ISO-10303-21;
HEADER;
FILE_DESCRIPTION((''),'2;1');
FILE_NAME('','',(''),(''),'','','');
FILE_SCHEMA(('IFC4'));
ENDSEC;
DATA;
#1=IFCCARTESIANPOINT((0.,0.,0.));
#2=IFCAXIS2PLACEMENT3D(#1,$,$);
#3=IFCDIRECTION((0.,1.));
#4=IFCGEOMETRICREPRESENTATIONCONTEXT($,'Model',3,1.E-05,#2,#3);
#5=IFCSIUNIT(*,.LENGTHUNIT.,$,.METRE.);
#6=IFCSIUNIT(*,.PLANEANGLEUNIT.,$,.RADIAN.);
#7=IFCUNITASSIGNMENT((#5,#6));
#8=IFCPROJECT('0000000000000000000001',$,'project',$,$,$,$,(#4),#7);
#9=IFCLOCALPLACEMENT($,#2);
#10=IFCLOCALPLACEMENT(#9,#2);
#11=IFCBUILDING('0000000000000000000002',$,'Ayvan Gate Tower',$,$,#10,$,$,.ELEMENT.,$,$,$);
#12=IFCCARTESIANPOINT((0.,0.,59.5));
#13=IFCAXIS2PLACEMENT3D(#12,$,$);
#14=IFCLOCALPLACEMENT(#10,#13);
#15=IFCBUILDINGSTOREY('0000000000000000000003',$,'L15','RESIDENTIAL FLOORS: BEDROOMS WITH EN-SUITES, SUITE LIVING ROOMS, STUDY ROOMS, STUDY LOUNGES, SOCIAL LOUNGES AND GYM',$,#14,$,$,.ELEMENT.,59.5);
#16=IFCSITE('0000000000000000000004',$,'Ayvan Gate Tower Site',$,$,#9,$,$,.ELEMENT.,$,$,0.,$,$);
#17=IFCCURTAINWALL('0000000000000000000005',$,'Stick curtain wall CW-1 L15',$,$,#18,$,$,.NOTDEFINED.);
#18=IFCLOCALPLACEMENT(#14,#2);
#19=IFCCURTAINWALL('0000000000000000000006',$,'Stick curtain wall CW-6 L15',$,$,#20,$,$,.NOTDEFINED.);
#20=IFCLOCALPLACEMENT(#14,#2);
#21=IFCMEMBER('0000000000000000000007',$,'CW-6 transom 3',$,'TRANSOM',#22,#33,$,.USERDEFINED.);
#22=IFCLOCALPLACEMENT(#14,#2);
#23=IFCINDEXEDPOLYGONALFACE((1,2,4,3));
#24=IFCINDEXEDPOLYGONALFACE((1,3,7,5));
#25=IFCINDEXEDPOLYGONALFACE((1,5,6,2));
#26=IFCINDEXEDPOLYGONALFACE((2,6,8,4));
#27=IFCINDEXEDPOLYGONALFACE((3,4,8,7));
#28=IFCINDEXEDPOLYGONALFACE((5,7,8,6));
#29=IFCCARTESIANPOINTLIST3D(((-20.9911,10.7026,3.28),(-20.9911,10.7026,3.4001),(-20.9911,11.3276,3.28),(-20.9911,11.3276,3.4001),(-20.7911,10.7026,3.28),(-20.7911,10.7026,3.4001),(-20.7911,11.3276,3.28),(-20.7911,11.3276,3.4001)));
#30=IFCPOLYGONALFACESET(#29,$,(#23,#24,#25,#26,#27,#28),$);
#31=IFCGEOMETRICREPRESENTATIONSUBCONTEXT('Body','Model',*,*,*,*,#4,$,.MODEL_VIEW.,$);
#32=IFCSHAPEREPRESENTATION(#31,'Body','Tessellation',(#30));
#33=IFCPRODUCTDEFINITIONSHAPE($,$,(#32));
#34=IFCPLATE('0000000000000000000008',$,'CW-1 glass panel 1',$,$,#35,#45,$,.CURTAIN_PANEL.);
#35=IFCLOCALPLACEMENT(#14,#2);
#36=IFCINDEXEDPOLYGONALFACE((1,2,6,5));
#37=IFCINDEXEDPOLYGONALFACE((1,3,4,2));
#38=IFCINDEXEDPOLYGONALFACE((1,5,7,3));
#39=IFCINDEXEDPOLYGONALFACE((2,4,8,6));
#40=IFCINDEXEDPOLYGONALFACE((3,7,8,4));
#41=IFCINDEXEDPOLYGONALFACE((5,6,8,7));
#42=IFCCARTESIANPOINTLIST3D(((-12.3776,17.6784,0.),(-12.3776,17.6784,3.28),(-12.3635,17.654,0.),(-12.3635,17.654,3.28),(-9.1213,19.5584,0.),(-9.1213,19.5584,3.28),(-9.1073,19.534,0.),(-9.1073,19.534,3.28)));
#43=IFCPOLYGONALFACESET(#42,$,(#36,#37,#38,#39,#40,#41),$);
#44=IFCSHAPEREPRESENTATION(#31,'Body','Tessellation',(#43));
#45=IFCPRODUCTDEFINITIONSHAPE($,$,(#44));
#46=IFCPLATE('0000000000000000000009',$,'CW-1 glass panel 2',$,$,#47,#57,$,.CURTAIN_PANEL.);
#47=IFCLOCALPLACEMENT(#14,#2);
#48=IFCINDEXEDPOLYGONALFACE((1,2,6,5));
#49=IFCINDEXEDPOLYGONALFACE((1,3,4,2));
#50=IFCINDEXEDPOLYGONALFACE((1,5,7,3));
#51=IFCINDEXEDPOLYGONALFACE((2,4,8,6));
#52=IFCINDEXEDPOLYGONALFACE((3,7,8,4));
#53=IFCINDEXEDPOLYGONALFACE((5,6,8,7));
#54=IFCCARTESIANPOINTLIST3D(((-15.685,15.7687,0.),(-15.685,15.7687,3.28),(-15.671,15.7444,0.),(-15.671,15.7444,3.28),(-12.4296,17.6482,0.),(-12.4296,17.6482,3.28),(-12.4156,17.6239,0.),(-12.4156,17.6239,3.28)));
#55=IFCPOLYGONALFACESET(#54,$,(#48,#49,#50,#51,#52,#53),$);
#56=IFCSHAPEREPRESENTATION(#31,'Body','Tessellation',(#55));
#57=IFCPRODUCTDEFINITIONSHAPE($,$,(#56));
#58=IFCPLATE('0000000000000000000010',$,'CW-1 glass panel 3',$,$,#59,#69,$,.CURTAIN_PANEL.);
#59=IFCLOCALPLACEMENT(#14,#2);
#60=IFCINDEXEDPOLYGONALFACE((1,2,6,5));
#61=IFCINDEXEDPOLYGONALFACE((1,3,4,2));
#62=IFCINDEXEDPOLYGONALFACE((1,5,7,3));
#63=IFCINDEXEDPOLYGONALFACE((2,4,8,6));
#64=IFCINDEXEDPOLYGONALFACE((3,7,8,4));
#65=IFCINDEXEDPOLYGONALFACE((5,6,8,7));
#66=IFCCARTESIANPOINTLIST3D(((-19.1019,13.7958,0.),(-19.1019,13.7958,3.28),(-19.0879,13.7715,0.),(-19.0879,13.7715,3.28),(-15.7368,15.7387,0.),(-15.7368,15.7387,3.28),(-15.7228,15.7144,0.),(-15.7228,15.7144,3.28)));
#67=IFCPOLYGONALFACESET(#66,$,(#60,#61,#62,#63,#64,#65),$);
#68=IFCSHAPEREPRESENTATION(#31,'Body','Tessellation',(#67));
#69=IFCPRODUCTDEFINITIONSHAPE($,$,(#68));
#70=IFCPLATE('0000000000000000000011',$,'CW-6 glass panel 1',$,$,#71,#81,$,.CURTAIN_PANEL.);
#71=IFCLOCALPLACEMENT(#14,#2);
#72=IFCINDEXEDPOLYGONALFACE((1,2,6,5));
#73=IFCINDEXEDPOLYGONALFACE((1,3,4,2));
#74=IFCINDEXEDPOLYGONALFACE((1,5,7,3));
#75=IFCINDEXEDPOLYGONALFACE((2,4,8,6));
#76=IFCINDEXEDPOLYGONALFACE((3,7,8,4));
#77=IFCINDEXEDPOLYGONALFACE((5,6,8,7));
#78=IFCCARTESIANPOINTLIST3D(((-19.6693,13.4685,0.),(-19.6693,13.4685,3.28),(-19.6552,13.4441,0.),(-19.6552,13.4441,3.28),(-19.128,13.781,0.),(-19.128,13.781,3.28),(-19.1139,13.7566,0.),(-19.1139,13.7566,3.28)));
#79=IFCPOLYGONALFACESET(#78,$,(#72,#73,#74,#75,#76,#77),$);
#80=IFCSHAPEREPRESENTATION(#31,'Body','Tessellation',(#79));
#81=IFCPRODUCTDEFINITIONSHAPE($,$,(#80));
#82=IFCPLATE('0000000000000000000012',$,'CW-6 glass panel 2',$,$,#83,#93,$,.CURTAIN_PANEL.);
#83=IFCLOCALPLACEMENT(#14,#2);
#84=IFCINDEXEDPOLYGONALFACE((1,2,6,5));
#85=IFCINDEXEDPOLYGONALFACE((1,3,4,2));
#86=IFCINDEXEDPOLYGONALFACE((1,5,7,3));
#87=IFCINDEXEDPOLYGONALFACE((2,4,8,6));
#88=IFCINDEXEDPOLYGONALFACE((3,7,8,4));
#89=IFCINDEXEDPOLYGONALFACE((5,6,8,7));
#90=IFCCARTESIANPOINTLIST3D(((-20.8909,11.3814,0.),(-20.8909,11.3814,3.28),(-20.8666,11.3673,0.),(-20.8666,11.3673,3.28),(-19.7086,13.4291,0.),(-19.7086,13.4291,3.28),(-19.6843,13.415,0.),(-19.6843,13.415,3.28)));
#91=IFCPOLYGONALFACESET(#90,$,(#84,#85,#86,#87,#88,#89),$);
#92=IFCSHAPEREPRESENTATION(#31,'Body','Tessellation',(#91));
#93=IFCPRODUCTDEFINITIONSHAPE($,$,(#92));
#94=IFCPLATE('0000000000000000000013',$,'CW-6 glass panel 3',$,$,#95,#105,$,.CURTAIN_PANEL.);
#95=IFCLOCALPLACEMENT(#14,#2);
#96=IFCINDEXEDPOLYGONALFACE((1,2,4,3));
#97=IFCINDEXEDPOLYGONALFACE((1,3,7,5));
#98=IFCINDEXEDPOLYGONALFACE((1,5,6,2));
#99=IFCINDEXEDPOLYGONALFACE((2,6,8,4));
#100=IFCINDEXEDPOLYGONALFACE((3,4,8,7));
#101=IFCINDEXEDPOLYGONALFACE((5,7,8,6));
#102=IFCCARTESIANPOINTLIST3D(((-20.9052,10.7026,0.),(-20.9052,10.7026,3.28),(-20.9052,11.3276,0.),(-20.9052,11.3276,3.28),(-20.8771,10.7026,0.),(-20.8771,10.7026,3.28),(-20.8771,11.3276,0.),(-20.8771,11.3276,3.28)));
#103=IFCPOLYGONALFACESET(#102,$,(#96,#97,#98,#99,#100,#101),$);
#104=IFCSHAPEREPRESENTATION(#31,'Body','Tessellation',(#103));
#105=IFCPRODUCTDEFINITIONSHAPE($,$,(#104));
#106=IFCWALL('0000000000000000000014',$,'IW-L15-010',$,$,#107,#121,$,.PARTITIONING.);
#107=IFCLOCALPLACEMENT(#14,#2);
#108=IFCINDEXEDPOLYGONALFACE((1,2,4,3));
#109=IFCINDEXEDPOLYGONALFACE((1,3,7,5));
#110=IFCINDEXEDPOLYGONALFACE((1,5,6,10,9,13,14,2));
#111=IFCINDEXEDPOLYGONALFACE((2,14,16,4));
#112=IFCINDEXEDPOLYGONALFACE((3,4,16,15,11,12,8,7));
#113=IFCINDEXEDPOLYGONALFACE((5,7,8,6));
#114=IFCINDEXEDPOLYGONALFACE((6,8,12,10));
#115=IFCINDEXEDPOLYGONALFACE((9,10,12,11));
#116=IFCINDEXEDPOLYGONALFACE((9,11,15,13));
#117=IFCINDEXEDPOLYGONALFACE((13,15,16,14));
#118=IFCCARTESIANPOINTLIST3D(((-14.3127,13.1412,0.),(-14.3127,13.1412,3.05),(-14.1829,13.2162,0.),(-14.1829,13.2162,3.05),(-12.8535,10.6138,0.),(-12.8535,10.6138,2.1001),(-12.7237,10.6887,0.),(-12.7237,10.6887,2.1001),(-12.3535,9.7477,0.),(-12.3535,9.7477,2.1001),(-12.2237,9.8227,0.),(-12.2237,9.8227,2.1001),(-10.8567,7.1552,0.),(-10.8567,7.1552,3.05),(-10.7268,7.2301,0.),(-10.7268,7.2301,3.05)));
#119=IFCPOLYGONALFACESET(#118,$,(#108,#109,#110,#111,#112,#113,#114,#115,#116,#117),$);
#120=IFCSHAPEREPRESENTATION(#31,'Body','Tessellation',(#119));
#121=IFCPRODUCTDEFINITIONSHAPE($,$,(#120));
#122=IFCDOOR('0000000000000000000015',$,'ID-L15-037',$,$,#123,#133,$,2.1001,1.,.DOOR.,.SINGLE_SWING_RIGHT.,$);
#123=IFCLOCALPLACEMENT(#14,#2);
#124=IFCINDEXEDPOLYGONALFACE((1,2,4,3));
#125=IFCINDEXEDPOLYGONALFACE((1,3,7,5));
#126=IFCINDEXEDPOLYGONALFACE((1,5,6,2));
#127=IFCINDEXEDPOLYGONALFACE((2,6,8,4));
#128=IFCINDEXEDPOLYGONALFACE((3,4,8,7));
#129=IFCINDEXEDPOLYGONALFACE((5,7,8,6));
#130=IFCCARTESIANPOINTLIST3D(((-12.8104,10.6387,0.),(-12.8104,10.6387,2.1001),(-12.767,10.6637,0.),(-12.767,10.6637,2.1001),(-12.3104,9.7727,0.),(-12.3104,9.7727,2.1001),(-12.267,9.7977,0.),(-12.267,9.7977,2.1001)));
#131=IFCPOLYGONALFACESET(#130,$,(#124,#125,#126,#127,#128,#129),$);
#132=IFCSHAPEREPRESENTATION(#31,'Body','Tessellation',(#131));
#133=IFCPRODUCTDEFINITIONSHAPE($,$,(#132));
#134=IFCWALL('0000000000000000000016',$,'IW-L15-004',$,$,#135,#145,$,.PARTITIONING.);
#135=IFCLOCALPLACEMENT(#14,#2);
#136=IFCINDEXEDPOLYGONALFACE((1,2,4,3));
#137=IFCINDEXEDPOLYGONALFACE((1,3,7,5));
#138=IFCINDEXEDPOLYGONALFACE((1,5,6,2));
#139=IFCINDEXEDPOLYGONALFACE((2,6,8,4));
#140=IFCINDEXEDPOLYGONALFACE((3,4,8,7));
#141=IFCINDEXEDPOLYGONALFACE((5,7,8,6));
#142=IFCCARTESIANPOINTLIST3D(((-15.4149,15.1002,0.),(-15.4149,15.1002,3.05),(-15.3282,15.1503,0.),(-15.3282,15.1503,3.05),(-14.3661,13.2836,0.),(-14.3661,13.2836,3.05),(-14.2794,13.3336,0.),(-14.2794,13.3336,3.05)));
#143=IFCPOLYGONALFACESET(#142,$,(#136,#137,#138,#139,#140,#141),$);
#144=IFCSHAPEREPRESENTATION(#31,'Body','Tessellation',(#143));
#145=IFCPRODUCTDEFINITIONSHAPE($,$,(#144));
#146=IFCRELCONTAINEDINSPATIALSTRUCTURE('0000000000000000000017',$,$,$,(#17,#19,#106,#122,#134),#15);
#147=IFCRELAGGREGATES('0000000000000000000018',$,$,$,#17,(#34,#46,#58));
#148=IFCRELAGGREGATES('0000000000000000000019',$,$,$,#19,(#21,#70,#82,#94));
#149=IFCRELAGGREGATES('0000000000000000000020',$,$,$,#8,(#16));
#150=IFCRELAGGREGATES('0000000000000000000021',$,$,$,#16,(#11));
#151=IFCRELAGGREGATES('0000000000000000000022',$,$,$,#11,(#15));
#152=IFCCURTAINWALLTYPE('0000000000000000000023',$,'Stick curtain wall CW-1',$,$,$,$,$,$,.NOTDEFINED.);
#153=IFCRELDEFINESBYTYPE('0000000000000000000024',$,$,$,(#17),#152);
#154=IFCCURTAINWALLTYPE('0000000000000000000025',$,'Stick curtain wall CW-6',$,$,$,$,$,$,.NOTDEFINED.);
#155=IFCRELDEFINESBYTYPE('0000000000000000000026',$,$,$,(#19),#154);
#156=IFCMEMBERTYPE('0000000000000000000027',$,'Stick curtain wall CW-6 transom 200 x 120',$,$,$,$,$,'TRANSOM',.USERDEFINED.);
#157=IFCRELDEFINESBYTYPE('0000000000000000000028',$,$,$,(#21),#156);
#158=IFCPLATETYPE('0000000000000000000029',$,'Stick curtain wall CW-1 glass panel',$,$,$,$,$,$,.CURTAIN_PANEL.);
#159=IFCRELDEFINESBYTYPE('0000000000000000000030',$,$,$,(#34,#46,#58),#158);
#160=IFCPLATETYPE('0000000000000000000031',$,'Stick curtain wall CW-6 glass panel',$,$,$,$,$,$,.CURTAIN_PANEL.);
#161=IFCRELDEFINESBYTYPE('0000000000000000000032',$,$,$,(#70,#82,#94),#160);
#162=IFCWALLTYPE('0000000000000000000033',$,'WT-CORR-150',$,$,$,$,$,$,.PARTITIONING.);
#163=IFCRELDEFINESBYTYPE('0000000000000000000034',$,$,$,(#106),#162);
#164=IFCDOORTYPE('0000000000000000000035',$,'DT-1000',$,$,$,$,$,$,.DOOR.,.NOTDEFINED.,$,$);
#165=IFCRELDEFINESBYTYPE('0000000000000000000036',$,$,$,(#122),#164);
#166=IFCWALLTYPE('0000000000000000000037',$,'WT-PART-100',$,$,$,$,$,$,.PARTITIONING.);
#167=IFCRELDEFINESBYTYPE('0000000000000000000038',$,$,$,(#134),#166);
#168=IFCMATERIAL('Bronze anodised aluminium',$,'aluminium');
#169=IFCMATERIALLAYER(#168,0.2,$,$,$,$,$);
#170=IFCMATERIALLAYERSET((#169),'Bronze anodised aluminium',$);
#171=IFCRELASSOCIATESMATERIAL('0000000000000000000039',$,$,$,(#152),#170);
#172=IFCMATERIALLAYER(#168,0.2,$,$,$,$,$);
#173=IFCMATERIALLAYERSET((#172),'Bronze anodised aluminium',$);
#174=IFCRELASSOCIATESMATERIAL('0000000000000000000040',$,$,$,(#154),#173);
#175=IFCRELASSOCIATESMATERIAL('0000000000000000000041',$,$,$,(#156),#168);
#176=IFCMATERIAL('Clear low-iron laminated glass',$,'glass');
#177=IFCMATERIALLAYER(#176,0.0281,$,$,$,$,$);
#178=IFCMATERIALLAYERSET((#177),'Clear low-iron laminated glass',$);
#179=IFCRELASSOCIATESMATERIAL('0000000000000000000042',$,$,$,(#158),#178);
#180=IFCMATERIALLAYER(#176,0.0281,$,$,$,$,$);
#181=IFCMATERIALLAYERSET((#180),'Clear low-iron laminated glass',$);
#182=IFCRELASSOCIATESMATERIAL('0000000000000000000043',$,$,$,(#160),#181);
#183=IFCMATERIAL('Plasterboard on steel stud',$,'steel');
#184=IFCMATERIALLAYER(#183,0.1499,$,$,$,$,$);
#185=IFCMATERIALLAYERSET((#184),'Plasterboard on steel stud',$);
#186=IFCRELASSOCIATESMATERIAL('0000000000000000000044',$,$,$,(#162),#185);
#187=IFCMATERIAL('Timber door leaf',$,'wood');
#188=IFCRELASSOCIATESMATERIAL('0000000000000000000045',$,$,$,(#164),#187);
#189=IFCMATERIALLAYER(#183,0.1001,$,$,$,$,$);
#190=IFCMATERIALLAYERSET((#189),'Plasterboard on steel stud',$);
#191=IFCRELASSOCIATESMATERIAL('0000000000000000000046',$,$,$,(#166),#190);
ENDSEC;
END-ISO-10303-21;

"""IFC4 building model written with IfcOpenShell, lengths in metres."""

from ifc_helpers import new_model, si_unit, direction, frame, frame_2d, origin, origin_2d, place, context, subcontext, project, spatial, rectangle, extrude, material, layer, layer_set, material_profile, profile_set, type_object, element, fill, aggregate, save


model = new_model("IFC4")

# Units and contexts
model_context = context("Model", 3, precision=1e-05, world=origin(), true_north=direction((0.0, 1.0)))
body_context = subcontext(model_context, "Body", "Model", "MODEL_VIEW")
ifc_project = project(units=[si_unit("LENGTHUNIT", "METRE"), si_unit("PLANEANGLEUNIT", "RADIAN")], contexts=[model_context])

# Site, building, storey
site_placement = place(None, origin())
site = spatial("IfcSite", under=ifc_project, at=site_placement, Name="Ayvan Gate Tower Site", CompositionType="ELEMENT", RefElevation=0.0)
building_placement = place(site_placement, origin())
building = spatial("IfcBuilding", under=site, at=building_placement, Name="Ayvan Gate Tower", CompositionType="ELEMENT")
storey_placement = place(building_placement, frame((0.0, 0.0, 59.5)))
storey = spatial("IfcBuildingStorey", under=building, at=storey_placement, Name="L15", Description="RESIDENTIAL FLOORS: BEDROOMS WITH EN-SUITES, SUITE LIVING ROOMS, STUDY ROOMS, STUDY LOUNGES, SOCIAL LOUNGES AND GYM", CompositionType="ELEMENT", Elevation=59.5)

# Curtain wall
ifc_material_1 = material(Name="Bronze anodised aluminium", Category="aluminium")
ifc_layer_1 = layer(ifc_material_1, 0.2)
ifc_layer_set_1 = layer_set([ifc_layer_1], Name="Bronze anodised aluminium")
curtain_wall_type_1 = type_object("IfcCurtainWallType", Name="Stick curtain wall CW-1", PredefinedType="NOTDEFINED", material=ifc_layer_set_1)
curtain_wall_1_placement = place(storey_placement, origin())
curtain_wall_1 = element("IfcCurtainWall", 1, at=curtain_wall_1_placement, inside=storey, type_object=curtain_wall_type_1, Name="Stick curtain wall CW-1 L15", PredefinedType="NOTDEFINED")

# Curtain wall, member
ifc_layer_2 = layer(ifc_material_1, 0.2)
ifc_layer_set_2 = layer_set([ifc_layer_2], Name="Bronze anodised aluminium")
curtain_wall_type_2 = type_object("IfcCurtainWallType", Name="Stick curtain wall CW-6", PredefinedType="NOTDEFINED", material=ifc_layer_set_2)
curtain_wall_2_placement = place(storey_placement, origin())
curtain_wall_2 = element("IfcCurtainWall", 2, at=curtain_wall_2_placement, inside=storey, type_object=curtain_wall_type_2, Name="Stick curtain wall CW-6 L15", PredefinedType="NOTDEFINED")
ifc_material_profile_1 = material_profile(ifc_material_1, rectangle(XDim=0.2, YDim=0.1201, at=origin_2d()), Name="Stick curtain wall CW-6 transom 200 x 120")
ifc_profile_set_1 = profile_set([ifc_material_profile_1], Name="Bronze anodised aluminium")
member_type_1 = type_object("IfcMemberType", Name="Stick curtain wall CW-6 transom 200 x 120", ElementType="TRANSOM", PredefinedType="USERDEFINED", material=ifc_profile_set_1)
member_1_placement = place(storey_placement, frame((-20.8911, 11.3276, 3.3401), z_axis=(0.0, -1.0, 0.0), x_axis=(1.0, 0.0, 0.0)))
member_1 = element("IfcMember", 3, at=member_1_placement, type_object=member_type_1, Name="CW-6 transom 3", ObjectType="TRANSOM", PredefinedType="USERDEFINED", context=body_context, shape_type="SweptSolid", body=[
    extrude(rectangle(XDim=0.2, YDim=0.1201, at=origin_2d()), origin(), (0.0, 0.0, 1.0), 0.625),
])

# Plates
ifc_material_2 = material(Name="Clear low-iron laminated glass", Category="glass")
ifc_layer_3 = layer(ifc_material_2, 0.0281)
ifc_layer_set_3 = layer_set([ifc_layer_3], Name="Clear low-iron laminated glass")
plate_type_1 = type_object("IfcPlateType", Name="Stick curtain wall CW-1 glass panel", PredefinedType="CURTAIN_PANEL", material=ifc_layer_set_3)
plate_1_placement = place(storey_placement, frame((-10.7424, 18.6062, 0.0), z_axis=(0.0, 0.0, 1.0), x_axis=(-0.866025, -0.5, 0.0)))
plate_1 = element("IfcPlate", 4, at=plate_1_placement, type_object=plate_type_1, Name="CW-1 glass panel 1", PredefinedType="CURTAIN_PANEL", context=body_context, shape_type="SweptSolid", body=[
    extrude(rectangle(XDim=3.76, YDim=0.0281, at=origin_2d()), origin(), (0.0, 0.0, 1.0), 3.28),
])
plate_2_placement = place(storey_placement, frame((-14.0503, 16.6963, 0.0), z_axis=(0.0, 0.0, 1.0), x_axis=(-0.866025, -0.5, 0.0)))
plate_2 = element("IfcPlate", 5, at=plate_2_placement, type_object=plate_type_1, Name="CW-1 glass panel 2", PredefinedType="CURTAIN_PANEL", context=body_context, shape_type="SweptSolid", body=[
    extrude(rectangle(XDim=3.759, YDim=0.0281, at=origin_2d()), origin(), (0.0, 0.0, 1.0), 3.28),
])
plate_3_placement = place(storey_placement, frame((-17.4124, 14.7551, 0.0), z_axis=(0.0, 0.0, 1.0), x_axis=(-0.866025, -0.5, 0.0)))
plate_3 = element("IfcPlate", 6, at=plate_3_placement, type_object=plate_type_1, Name="CW-1 glass panel 3", PredefinedType="CURTAIN_PANEL", context=body_context, shape_type="SweptSolid", body=[
    extrude(rectangle(XDim=3.8857, YDim=0.0281, at=origin_2d()), origin(), (0.0, 0.0, 1.0), 3.28),
])
aggregate(curtain_wall_1, [plate_1, plate_2, plate_3])
ifc_layer_4 = layer(ifc_material_2, 0.0281)
ifc_layer_set_4 = layer_set([ifc_layer_4], Name="Clear low-iron laminated glass")
plate_type_2 = type_object("IfcPlateType", Name="Stick curtain wall CW-6 glass panel", PredefinedType="CURTAIN_PANEL", material=ifc_layer_set_4)
plate_4_placement = place(storey_placement, frame((-19.3916, 13.6125, 0.0), z_axis=(0.0, 0.0, 1.0), x_axis=(-0.866025, -0.5, 0.0)))
plate_4 = element("IfcPlate", 7, at=plate_4_placement, type_object=plate_type_2, Name="CW-6 glass panel 1", PredefinedType="CURTAIN_PANEL", context=body_context, shape_type="SweptSolid", body=[
    extrude(rectangle(XDim=0.625, YDim=0.0281, at=origin_2d()), origin(), (0.0, 0.0, 1.0), 3.28),
])
plate_5_placement = place(storey_placement, frame((-20.2876, 12.3982, 0.0), z_axis=(0.0, 0.0, 1.0), x_axis=(-0.5, -0.866025, 0.0)))
plate_5 = element("IfcPlate", 8, at=plate_5_placement, type_object=plate_type_2, Name="CW-6 glass panel 2", PredefinedType="CURTAIN_PANEL", context=body_context, shape_type="SweptSolid", body=[
    extrude(rectangle(XDim=2.3645, YDim=0.0281, at=origin_2d()), origin(), (0.0, 0.0, 1.0), 3.28),
])
plate_6_placement = place(storey_placement, frame((-20.8911, 11.0151, 0.0), z_axis=(0.0, 0.0, 1.0), x_axis=(0.0, -1.0, 0.0)))
plate_6 = element("IfcPlate", 9, at=plate_6_placement, type_object=plate_type_2, Name="CW-6 glass panel 3", PredefinedType="CURTAIN_PANEL", context=body_context, shape_type="SweptSolid", body=[
    extrude(rectangle(XDim=0.625, YDim=0.0281, at=origin_2d()), origin(), (0.0, 0.0, 1.0), 3.28),
])
aggregate(curtain_wall_2, [member_1, plate_4, plate_5, plate_6])

# Wall, opening, door
ifc_material_3 = material(Name="Plasterboard on steel stud", Category="steel")
ifc_layer_5 = layer(ifc_material_3, 0.1499)
ifc_layer_set_5 = layer_set([ifc_layer_5], Name="Plasterboard on steel stud")
wall_type_1 = type_object("IfcWallType", Name="WT-CORR-150", PredefinedType="PARTITIONING", material=ifc_layer_set_5)
wall_1_placement = place(storey_placement, frame((-14.2478, 13.1787, 0.0), z_axis=(0.0, 0.0, 1.0), x_axis=(0.499999, -0.866026, 0.0)))
wall_1 = element("IfcWall", 10, at=wall_1_placement, inside=storey, type_object=wall_type_1, Name="IW-L15-010", PredefinedType="PARTITIONING", context=body_context, shape_type="SweptSolid", body=[
    extrude(rectangle(XDim=6.9121, YDim=0.1499, at=frame_2d((3.4561, 0.0))), origin(), (0.0, 0.0, 1.0), 3.05),
])
opening_placement = place(wall_1_placement, frame((2.9185, 0.0, 0.0)))
opening = element("IfcOpeningElement", 11, at=opening_placement, cuts=wall_1, PredefinedType="OPENING", context=body_context, shape_type="SweptSolid", body=[
    extrude(rectangle(XDim=1.0, YDim=2.1001, at=frame_2d((0.5, 1.05))), frame((0.0, 0.085, 0.0), z_axis=(0.0, -1.0, 0.0), x_axis=(1.0, 0.0, 0.0)), (0.0, 0.0, 1.0), 0.1699),
])
ifc_material_4 = material(Name="Timber door leaf", Category="wood")
door_type = type_object("IfcDoorType", Name="DT-1000", OperationType="NOTDEFINED", PredefinedType="DOOR", material=ifc_material_4)
door_placement = place(opening_placement, origin())
door = element("IfcDoor", 12, at=door_placement, inside=storey, type_object=door_type, Name="ID-L15-037", OperationType="SINGLE_SWING_RIGHT", OverallHeight=2.1001, OverallWidth=1.0, PredefinedType="DOOR", context=body_context, shape_type="SweptSolid", body=[
    extrude(rectangle(XDim=1.0, YDim=2.1001, at=frame_2d((0.5, 1.05))), frame((0.0, 0.0249, 0.0), z_axis=(0.0, -1.0, 0.0), x_axis=(1.0, 0.0, 0.0)), (0.0, 0.0, 1.0), 0.05),
])
fill(opening, door)

# Wall
ifc_layer_6 = layer(ifc_material_3, 0.1001)
ifc_layer_set_6 = layer_set([ifc_layer_6], Name="Plasterboard on steel stud")
wall_type_2 = type_object("IfcWallType", Name="WT-PART-100", PredefinedType="PARTITIONING", material=ifc_layer_set_6)
wall_2_placement = place(storey_placement, frame((-15.3716, 15.1252, 0.0), z_axis=(0.0, 0.0, 1.0), x_axis=(0.499994, -0.866029, 0.0)))
element("IfcWall", 13, at=wall_2_placement, inside=storey, type_object=wall_type_2, Name="IW-L15-004", PredefinedType="PARTITIONING", context=body_context, shape_type="SweptSolid", body=[
    extrude(rectangle(XDim=2.0977, YDim=0.1001, at=frame_2d((1.0488, 0.0))), origin(), (0.0, 0.0, 1.0), 3.05),
])

save(model, "model.ifc")
